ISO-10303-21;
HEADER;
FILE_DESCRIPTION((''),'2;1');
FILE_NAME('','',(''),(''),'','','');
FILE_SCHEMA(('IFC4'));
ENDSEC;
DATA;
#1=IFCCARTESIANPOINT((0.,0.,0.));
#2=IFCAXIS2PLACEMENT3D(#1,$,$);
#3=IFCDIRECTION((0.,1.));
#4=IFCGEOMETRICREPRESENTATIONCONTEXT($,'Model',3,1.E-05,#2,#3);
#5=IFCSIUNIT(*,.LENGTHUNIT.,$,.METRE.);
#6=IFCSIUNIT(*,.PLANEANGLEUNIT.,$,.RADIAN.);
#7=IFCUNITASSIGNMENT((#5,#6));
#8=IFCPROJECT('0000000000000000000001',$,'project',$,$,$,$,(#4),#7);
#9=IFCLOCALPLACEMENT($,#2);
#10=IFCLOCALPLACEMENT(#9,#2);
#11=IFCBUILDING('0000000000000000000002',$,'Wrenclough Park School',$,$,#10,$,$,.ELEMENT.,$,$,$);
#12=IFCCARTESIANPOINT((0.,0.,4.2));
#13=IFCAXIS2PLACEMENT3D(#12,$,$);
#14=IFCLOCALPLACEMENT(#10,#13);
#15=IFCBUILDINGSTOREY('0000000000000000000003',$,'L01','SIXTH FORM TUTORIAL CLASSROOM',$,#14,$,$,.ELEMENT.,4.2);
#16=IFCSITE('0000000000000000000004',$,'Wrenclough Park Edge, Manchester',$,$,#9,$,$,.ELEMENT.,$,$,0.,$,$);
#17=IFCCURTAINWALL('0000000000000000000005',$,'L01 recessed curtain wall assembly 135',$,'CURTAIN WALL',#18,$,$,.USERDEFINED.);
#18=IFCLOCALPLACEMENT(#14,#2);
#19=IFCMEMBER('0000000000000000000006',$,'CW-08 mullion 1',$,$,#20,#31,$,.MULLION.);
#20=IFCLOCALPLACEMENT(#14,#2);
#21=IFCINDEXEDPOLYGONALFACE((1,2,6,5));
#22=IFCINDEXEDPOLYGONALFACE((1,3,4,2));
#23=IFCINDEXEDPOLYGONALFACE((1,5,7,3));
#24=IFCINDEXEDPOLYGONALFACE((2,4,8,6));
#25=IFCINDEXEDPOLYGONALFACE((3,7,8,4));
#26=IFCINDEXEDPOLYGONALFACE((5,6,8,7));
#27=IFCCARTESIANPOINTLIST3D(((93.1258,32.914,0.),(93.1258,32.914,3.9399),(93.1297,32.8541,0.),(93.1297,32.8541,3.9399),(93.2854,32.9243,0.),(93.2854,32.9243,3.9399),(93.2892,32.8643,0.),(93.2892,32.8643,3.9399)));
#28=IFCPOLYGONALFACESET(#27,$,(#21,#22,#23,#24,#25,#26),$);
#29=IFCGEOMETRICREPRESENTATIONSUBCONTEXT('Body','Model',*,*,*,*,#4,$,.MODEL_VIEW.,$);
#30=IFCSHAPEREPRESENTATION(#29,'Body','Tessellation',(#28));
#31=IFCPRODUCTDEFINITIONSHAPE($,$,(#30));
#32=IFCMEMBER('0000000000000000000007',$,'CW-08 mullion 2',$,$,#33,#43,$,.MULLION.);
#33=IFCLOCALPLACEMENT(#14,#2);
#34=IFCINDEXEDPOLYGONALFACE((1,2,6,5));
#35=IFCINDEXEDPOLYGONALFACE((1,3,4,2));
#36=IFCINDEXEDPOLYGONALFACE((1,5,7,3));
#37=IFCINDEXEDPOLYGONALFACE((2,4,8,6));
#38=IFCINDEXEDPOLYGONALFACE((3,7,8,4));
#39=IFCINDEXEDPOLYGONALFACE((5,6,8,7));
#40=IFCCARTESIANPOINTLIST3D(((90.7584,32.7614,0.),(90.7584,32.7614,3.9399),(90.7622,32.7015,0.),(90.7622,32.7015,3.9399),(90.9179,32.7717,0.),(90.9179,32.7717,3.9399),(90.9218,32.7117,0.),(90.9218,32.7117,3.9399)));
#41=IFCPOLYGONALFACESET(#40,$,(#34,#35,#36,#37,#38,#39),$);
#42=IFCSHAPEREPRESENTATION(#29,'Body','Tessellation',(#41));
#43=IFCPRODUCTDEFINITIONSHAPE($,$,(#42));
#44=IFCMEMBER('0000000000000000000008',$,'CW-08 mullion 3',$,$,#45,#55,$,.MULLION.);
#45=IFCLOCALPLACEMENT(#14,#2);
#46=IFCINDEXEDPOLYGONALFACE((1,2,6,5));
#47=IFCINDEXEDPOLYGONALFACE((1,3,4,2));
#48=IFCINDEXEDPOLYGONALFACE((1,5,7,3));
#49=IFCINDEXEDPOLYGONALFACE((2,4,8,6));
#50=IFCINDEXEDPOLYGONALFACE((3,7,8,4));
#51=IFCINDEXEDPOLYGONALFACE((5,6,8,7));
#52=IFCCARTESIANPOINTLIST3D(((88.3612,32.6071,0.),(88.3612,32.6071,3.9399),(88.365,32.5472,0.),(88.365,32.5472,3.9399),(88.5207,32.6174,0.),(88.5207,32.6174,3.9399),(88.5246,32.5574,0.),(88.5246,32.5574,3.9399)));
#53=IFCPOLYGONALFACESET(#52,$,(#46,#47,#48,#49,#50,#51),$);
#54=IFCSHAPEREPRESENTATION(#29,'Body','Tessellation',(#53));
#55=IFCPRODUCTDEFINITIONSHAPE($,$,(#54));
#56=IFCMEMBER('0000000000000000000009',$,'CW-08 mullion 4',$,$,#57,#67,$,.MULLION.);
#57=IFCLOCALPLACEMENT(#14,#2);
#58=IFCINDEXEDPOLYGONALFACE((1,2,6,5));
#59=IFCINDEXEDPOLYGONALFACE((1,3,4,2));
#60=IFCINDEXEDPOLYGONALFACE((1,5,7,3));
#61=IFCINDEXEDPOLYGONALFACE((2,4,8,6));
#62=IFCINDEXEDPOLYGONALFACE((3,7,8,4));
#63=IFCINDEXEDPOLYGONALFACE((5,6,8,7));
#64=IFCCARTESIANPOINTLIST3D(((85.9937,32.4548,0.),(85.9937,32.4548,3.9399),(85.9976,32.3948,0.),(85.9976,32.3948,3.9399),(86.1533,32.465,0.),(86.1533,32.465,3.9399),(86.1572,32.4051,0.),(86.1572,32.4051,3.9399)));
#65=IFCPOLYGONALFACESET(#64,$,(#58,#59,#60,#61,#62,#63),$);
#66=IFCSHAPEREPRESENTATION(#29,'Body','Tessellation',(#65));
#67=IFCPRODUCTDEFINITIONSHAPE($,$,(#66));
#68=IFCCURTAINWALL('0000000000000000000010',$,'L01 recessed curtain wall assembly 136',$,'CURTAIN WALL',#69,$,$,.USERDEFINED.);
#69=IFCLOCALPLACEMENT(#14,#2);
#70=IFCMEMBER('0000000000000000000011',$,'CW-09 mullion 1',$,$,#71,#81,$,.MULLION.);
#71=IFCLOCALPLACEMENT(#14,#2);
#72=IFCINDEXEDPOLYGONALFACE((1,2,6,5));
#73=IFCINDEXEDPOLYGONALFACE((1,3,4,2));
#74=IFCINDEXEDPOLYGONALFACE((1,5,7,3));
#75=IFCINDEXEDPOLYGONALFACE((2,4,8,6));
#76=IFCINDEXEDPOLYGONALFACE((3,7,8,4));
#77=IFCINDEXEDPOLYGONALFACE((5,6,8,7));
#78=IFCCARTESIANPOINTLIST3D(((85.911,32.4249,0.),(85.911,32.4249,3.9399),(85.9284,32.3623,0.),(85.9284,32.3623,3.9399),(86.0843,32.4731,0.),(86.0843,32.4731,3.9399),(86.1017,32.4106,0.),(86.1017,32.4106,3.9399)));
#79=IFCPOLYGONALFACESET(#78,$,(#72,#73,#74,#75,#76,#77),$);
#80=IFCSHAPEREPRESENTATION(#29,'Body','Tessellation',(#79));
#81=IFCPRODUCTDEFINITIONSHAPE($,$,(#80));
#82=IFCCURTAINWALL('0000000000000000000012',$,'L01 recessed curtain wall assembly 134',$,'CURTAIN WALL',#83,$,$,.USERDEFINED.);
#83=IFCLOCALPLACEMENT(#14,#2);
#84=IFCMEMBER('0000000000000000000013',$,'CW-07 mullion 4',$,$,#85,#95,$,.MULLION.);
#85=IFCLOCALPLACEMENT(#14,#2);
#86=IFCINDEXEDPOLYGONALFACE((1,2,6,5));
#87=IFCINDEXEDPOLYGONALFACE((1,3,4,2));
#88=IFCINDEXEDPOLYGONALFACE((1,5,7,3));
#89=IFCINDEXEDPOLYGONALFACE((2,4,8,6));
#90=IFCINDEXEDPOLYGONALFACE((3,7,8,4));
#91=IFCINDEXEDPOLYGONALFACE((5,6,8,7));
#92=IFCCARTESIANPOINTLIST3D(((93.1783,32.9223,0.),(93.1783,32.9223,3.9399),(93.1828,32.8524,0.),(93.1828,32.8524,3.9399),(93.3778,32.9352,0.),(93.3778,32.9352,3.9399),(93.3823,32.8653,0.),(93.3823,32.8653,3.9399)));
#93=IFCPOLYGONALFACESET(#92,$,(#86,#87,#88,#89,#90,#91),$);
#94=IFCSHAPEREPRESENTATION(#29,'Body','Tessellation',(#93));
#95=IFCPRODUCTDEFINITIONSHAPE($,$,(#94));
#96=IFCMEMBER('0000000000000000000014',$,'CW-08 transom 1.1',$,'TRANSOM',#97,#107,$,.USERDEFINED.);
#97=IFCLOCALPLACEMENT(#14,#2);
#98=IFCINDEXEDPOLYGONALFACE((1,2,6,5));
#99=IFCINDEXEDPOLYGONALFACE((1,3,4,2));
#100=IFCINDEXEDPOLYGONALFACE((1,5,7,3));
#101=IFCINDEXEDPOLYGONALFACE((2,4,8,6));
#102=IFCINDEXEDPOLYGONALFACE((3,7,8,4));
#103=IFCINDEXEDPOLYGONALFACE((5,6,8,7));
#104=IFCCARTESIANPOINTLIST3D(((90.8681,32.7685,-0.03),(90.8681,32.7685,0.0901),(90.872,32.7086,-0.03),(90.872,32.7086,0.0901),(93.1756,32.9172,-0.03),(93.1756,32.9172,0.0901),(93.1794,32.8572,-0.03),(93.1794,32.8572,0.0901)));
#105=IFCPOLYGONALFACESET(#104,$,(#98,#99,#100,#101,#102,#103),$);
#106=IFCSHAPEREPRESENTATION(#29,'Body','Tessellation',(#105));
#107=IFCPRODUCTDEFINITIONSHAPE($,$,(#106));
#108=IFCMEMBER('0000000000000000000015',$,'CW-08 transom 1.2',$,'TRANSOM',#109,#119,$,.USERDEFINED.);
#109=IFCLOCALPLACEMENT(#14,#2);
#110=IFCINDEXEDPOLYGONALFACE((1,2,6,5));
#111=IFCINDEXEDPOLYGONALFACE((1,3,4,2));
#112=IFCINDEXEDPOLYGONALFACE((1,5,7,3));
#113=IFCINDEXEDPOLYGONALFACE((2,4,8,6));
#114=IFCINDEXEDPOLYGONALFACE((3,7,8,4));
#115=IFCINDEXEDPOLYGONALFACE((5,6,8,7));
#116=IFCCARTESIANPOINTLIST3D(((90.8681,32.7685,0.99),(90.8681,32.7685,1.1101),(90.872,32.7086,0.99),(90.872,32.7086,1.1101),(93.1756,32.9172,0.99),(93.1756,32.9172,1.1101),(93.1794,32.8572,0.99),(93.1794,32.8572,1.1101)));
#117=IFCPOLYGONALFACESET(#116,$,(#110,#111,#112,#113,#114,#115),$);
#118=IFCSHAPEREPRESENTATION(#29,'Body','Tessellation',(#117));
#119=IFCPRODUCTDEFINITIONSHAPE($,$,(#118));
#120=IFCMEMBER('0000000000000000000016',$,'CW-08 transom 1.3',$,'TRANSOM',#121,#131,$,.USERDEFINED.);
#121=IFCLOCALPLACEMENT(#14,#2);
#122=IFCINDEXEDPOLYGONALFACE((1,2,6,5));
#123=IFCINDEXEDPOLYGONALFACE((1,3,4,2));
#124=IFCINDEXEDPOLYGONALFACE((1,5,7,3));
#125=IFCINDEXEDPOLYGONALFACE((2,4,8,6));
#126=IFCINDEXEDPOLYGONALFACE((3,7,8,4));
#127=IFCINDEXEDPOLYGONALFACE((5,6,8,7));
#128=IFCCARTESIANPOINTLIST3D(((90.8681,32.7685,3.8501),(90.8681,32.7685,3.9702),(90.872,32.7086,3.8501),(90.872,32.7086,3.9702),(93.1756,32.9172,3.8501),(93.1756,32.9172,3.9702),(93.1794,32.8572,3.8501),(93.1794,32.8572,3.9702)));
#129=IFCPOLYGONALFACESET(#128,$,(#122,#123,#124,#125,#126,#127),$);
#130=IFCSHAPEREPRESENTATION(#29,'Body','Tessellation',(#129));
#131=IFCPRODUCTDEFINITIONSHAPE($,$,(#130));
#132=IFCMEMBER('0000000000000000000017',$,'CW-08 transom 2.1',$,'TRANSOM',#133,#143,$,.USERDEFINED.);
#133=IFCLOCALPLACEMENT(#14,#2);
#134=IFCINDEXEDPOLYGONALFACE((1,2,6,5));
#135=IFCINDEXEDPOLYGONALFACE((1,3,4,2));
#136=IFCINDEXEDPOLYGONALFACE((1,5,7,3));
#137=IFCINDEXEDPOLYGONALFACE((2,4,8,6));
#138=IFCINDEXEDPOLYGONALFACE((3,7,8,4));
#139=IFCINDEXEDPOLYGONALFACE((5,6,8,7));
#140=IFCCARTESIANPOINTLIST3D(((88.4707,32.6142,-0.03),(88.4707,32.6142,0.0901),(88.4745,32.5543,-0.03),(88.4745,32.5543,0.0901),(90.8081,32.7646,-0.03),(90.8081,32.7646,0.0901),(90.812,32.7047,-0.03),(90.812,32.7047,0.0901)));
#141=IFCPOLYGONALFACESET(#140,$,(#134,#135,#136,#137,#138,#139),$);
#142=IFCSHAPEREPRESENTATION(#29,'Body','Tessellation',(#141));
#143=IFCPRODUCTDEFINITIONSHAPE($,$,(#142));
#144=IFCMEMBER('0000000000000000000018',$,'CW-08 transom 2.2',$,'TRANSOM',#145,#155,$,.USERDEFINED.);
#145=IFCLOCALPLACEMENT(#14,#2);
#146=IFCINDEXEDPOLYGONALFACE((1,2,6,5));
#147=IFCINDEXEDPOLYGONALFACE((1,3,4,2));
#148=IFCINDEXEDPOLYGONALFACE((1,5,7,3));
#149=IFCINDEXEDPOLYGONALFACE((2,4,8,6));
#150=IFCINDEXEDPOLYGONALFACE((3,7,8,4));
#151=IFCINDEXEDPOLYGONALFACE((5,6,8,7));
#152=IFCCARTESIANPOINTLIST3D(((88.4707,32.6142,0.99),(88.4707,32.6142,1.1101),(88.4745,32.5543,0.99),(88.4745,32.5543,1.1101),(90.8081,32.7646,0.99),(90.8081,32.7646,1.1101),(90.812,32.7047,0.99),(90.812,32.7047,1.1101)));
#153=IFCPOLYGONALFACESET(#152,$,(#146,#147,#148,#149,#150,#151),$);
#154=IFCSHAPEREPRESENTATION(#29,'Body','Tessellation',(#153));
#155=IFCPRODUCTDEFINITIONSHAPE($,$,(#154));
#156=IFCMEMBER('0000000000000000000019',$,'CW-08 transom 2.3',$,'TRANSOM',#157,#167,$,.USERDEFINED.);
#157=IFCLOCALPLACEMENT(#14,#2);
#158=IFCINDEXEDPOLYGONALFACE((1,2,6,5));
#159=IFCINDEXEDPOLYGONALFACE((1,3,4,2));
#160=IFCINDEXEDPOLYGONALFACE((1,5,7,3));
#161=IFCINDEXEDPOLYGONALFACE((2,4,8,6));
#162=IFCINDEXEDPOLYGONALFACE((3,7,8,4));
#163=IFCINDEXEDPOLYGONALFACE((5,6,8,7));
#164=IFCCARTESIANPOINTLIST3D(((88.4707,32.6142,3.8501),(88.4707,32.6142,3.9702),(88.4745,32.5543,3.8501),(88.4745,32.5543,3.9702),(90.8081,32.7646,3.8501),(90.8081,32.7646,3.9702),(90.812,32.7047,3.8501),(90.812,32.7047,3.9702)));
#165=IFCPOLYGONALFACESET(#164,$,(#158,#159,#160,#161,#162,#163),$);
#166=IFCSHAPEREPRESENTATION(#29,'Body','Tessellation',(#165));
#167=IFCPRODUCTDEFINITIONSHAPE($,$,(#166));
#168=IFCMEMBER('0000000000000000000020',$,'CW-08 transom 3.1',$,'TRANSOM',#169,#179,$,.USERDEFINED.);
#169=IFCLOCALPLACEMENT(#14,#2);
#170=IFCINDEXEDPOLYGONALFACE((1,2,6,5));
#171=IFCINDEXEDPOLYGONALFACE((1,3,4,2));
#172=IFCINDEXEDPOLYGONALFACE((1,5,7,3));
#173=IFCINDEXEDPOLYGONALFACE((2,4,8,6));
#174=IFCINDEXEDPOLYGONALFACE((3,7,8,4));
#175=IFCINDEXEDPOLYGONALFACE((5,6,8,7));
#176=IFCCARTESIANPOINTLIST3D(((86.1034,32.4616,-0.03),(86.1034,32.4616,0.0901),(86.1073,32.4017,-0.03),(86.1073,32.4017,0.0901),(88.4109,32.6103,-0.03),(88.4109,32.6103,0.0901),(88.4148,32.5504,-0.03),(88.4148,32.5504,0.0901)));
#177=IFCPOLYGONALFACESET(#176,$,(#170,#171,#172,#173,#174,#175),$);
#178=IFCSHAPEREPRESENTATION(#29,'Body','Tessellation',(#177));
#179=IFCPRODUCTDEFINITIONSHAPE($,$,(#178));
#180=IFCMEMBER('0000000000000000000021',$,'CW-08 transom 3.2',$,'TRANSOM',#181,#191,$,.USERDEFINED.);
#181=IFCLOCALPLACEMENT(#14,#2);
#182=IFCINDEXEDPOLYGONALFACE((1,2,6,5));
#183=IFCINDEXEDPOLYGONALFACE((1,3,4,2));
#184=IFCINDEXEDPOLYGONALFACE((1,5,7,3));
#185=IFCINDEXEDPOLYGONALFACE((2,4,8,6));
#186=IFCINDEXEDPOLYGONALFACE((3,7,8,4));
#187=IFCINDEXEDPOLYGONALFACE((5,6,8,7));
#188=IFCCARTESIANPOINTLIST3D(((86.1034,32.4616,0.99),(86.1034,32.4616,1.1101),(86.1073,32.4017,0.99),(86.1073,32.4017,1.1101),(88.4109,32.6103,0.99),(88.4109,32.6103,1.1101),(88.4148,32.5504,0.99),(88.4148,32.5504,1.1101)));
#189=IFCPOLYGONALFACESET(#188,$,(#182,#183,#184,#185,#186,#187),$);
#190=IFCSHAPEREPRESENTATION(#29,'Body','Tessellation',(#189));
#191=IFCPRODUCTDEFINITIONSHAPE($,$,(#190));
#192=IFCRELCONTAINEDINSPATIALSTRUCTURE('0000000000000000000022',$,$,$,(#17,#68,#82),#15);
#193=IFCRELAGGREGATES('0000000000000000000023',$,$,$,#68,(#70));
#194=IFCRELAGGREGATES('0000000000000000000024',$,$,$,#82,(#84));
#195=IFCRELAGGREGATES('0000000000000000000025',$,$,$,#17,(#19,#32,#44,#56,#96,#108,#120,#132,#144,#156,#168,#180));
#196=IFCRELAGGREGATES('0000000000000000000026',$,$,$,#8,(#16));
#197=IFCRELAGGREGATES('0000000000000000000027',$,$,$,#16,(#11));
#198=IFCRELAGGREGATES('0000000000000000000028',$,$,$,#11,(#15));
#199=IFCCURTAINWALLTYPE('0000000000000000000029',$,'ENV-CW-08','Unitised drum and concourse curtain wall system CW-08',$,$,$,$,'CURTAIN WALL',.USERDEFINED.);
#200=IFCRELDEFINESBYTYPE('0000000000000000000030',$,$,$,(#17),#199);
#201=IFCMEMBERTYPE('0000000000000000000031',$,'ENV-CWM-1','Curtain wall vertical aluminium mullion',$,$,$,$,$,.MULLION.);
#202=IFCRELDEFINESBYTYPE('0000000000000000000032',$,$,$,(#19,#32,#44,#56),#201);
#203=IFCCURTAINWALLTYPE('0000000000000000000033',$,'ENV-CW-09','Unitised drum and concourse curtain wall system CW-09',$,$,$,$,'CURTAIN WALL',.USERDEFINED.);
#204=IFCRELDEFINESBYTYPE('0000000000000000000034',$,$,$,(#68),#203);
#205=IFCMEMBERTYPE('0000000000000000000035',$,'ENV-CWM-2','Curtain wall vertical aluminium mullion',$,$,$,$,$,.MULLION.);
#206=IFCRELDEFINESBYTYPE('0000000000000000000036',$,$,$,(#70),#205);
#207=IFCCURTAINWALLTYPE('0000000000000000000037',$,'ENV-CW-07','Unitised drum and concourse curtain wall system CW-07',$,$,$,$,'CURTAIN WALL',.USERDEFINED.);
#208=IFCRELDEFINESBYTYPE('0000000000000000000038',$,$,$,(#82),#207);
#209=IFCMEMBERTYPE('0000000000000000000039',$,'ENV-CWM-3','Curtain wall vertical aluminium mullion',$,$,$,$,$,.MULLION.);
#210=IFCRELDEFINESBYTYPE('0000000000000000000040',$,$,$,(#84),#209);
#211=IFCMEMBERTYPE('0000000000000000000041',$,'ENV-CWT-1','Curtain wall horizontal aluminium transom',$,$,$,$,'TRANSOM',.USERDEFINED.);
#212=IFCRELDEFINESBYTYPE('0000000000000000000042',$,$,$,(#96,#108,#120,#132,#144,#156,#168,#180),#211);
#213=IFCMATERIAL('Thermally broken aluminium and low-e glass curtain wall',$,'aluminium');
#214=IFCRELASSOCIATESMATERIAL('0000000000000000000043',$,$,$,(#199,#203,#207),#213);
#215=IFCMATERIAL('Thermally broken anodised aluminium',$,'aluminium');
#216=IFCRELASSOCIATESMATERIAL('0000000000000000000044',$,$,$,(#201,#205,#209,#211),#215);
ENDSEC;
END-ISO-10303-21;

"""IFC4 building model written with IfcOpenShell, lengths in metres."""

from ifc_helpers import new_model, si_unit, direction, frame, origin, origin_2d, place, context, subcontext, project, spatial, rectangle, extrude, material, material_profile, profile_set, type_object, element, aggregate, save


model = new_model("IFC4")

# Units and contexts
model_context = context("Model", 3, precision=1e-05, world=origin(), true_north=direction((0.0, 1.0)))
body_context = subcontext(model_context, "Body", "Model", "MODEL_VIEW")
ifc_project = project(units=[si_unit("LENGTHUNIT", "METRE"), si_unit("PLANEANGLEUNIT", "RADIAN")], contexts=[model_context])

# Site, building, storey
site_placement = place(None, origin())
site = spatial("IfcSite", under=ifc_project, at=site_placement, Name="Wrenclough Park Edge, Manchester", CompositionType="ELEMENT", RefElevation=0.0)
building_placement = place(site_placement, origin())
building = spatial("IfcBuilding", under=site, at=building_placement, Name="Wrenclough Park School", CompositionType="ELEMENT")
storey_placement = place(building_placement, frame((0.0, 0.0, 4.2)))
storey = spatial("IfcBuildingStorey", under=building, at=storey_placement, Name="L01", Description="SIXTH FORM TUTORIAL CLASSROOM", CompositionType="ELEMENT", Elevation=4.2)

# Curtain wall, members
ifc_material_1 = material(Name="Thermally broken aluminium and low-e glass curtain wall", Category="aluminium")
curtain_wall_type_1 = type_object("IfcCurtainWallType", Name="ENV-CW-08", Description="Unitised drum and concourse curtain wall system CW-08", ElementType="CURTAIN WALL", PredefinedType="USERDEFINED", material=ifc_material_1)
curtain_wall_1_placement = place(storey_placement, origin())
curtain_wall_1 = element("IfcCurtainWall", 1, at=curtain_wall_1_placement, inside=storey, type_object=curtain_wall_type_1, Name="L01 recessed curtain wall assembly 135", ObjectType="CURTAIN WALL", PredefinedType="USERDEFINED")
ifc_material_2 = material(Name="Thermally broken anodised aluminium", Category="aluminium")
ifc_material_profile_1 = material_profile(ifc_material_2, rectangle(XDim=0.0601, YDim=0.1599, at=origin_2d()), Name="AL MULLION 60x160")
ifc_profile_set_1 = profile_set([ifc_material_profile_1], Name="Thermally broken anodised aluminium")
member_type_1 = type_object("IfcMemberType", Name="ENV-CWM-1", Description="Curtain wall vertical aluminium mullion", PredefinedType="MULLION", material=ifc_profile_set_1)
member_1_placement = place(storey_placement, frame((93.2075, 32.8892, 0.0), z_axis=(0.0, 0.0, 1.0), x_axis=(0.064259, -0.997933, 0.0)))
member_1 = element("IfcMember", 2, at=member_1_placement, type_object=member_type_1, Name="CW-08 mullion 1", PredefinedType="MULLION", context=body_context, shape_type="SweptSolid", body=[
    extrude(rectangle(XDim=0.0601, YDim=0.1599, at=origin_2d()), origin(), (0.0, 0.0, 1.0), 3.9399),
])
member_2_placement = place(storey_placement, frame((90.8401, 32.7366, 0.0), z_axis=(0.0, 0.0, 1.0), x_axis=(0.064259, -0.997933, 0.0)))
member_2 = element("IfcMember", 3, at=member_2_placement, type_object=member_type_1, Name="CW-08 mullion 2", PredefinedType="MULLION", context=body_context, shape_type="SweptSolid", body=[
    extrude(rectangle(XDim=0.0601, YDim=0.1599, at=origin_2d()), origin(), (0.0, 0.0, 1.0), 3.9399),
])
member_3_placement = place(storey_placement, frame((88.4429, 32.5823, 0.0), z_axis=(0.0, 0.0, 1.0), x_axis=(0.064259, -0.997933, 0.0)))
member_3 = element("IfcMember", 4, at=member_3_placement, type_object=member_type_1, Name="CW-08 mullion 3", PredefinedType="MULLION", context=body_context, shape_type="SweptSolid", body=[
    extrude(rectangle(XDim=0.0601, YDim=0.1599, at=origin_2d()), origin(), (0.0, 0.0, 1.0), 3.9399),
])
member_4_placement = place(storey_placement, frame((86.0754, 32.4299, 0.0), z_axis=(0.0, 0.0, 1.0), x_axis=(0.064259, -0.997933, 0.0)))
member_4 = element("IfcMember", 5, at=member_4_placement, type_object=member_type_1, Name="CW-08 mullion 4", PredefinedType="MULLION", context=body_context, shape_type="SweptSolid", body=[
    extrude(rectangle(XDim=0.0601, YDim=0.1599, at=origin_2d()), origin(), (0.0, 0.0, 1.0), 3.9399),
])

# Curtain walls, members
curtain_wall_type_2 = type_object("IfcCurtainWallType", Name="ENV-CW-09", Description="Unitised drum and concourse curtain wall system CW-09", ElementType="CURTAIN WALL", PredefinedType="USERDEFINED", material=ifc_material_1)
curtain_wall_2_placement = place(storey_placement, origin())
curtain_wall_2 = element("IfcCurtainWall", 6, at=curtain_wall_2_placement, inside=storey, type_object=curtain_wall_type_2, Name="L01 recessed curtain wall assembly 136", ObjectType="CURTAIN WALL", PredefinedType="USERDEFINED")
ifc_material_profile_2 = material_profile(ifc_material_2, rectangle(XDim=0.0649, YDim=0.1799, at=origin_2d()), Name="AL MULLION 65x180")
ifc_profile_set_2 = profile_set([ifc_material_profile_2], Name="Thermally broken anodised aluminium")
member_type_2 = type_object("IfcMemberType", Name="ENV-CWM-2", Description="Curtain wall vertical aluminium mullion", PredefinedType="MULLION", material=ifc_profile_set_2)
member_5_placement = place(storey_placement, frame((86.0063, 32.4177, 0.0), z_axis=(0.0, 0.0, 1.0), x_axis=(0.268073, -0.963399, 0.0)))
member_5 = element("IfcMember", 7, at=member_5_placement, type_object=member_type_2, Name="CW-09 mullion 1", PredefinedType="MULLION", context=body_context, shape_type="SweptSolid", body=[
    extrude(rectangle(XDim=0.0649, YDim=0.1799, at=origin_2d()), origin(), (0.0, 0.0, 1.0), 3.9399),
])
curtain_wall_type_3 = type_object("IfcCurtainWallType", Name="ENV-CW-07", Description="Unitised drum and concourse curtain wall system CW-07", ElementType="CURTAIN WALL", PredefinedType="USERDEFINED", material=ifc_material_1)
curtain_wall_3_placement = place(storey_placement, origin())
curtain_wall_3 = element("IfcCurtainWall", 8, at=curtain_wall_3_placement, inside=storey, type_object=curtain_wall_type_3, Name="L01 recessed curtain wall assembly 134", ObjectType="CURTAIN WALL", PredefinedType="USERDEFINED")
ifc_material_profile_3 = material_profile(ifc_material_2, rectangle(XDim=0.0701, YDim=0.2, at=origin_2d()), Name="AL MULLION 70x200")
ifc_profile_set_3 = profile_set([ifc_material_profile_3], Name="Thermally broken anodised aluminium")
member_type_3 = type_object("IfcMemberType", Name="ENV-CWM-3", Description="Curtain wall vertical aluminium mullion", PredefinedType="MULLION", material=ifc_profile_set_3)
member_6_placement = place(storey_placement, frame((93.2803, 32.8938, 0.0), z_axis=(0.0, 0.0, 1.0), x_axis=(0.064259, -0.997933, 0.0)))
member_6 = element("IfcMember", 9, at=member_6_placement, type_object=member_type_3, Name="CW-07 mullion 4", PredefinedType="MULLION", context=body_context, shape_type="SweptSolid", body=[
    extrude(rectangle(XDim=0.0701, YDim=0.2, at=origin_2d()), origin(), (0.0, 0.0, 1.0), 3.9399),
])

# Members
ifc_material_profile_4 = material_profile(ifc_material_2, rectangle(XDim=0.0601, YDim=0.1201, at=origin_2d()), Name="AL TRANSOM 60x120")
ifc_profile_set_4 = profile_set([ifc_material_profile_4], Name="Thermally broken anodised aluminium")
member_type_4 = type_object("IfcMemberType", Name="ENV-CWT-1", Description="Curtain wall horizontal aluminium transom", ElementType="TRANSOM", PredefinedType="USERDEFINED", material=ifc_profile_set_4)
member_7_placement = place(storey_placement, frame((93.1775, 32.8872, 0.03), z_axis=(-0.99793, -0.064304, 0.0), x_axis=(0.064304, -0.99793, 0.0)))
member_7 = element("IfcMember", 10, at=member_7_placement, type_object=member_type_4, Name="CW-08 transom 1.1", ObjectType="TRANSOM", PredefinedType="USERDEFINED", context=body_context, shape_type="SweptSolid", body=[
    extrude(rectangle(XDim=0.0601, YDim=0.1201, at=origin_2d()), origin(), (0.0, 0.0, 1.0), 2.3123),
])
member_8_placement = place(storey_placement, frame((93.1775, 32.8872, 1.05), z_axis=(-0.99793, -0.064304, 0.0), x_axis=(0.064304, -0.99793, 0.0)))
member_8 = element("IfcMember", 11, at=member_8_placement, type_object=member_type_4, Name="CW-08 transom 1.2", ObjectType="TRANSOM", PredefinedType="USERDEFINED", context=body_context, shape_type="SweptSolid", body=[
    extrude(rectangle(XDim=0.0601, YDim=0.1201, at=origin_2d()), origin(), (0.0, 0.0, 1.0), 2.3123),
])
member_9_placement = place(storey_placement, frame((93.1775, 32.8872, 3.9102), z_axis=(-0.99793, -0.064304, 0.0), x_axis=(0.064304, -0.99793, 0.0)))
member_9 = element("IfcMember", 12, at=member_9_placement, type_object=member_type_4, Name="CW-08 transom 1.3", ObjectType="TRANSOM", PredefinedType="USERDEFINED", context=body_context, shape_type="SweptSolid", body=[
    extrude(rectangle(XDim=0.0601, YDim=0.1201, at=origin_2d()), origin(), (0.0, 0.0, 1.0), 2.3123),
])
member_10_placement = place(storey_placement, frame((90.8101, 32.7346, 0.03), z_axis=(-0.997937, -0.064208, 0.0), x_axis=(0.064208, -0.997937, 0.0)))
member_10 = element("IfcMember", 13, at=member_10_placement, type_object=member_type_4, Name="CW-08 transom 2.1", ObjectType="TRANSOM", PredefinedType="USERDEFINED", context=body_context, shape_type="SweptSolid", body=[
    extrude(rectangle(XDim=0.0601, YDim=0.1201, at=origin_2d()), origin(), (0.0, 0.0, 1.0), 2.3423),
])
member_11_placement = place(storey_placement, frame((90.8101, 32.7346, 1.05), z_axis=(-0.997937, -0.064208, 0.0), x_axis=(0.064208, -0.997937, 0.0)))
member_11 = element("IfcMember", 14, at=member_11_placement, type_object=member_type_4, Name="CW-08 transom 2.2", ObjectType="TRANSOM", PredefinedType="USERDEFINED", context=body_context, shape_type="SweptSolid", body=[
    extrude(rectangle(XDim=0.0601, YDim=0.1201, at=origin_2d()), origin(), (0.0, 0.0, 1.0), 2.3423),
])
member_12_placement = place(storey_placement, frame((90.8101, 32.7346, 3.9102), z_axis=(-0.997937, -0.064208, 0.0), x_axis=(0.064208, -0.997937, 0.0)))
member_12 = element("IfcMember", 15, at=member_12_placement, type_object=member_type_4, Name="CW-08 transom 2.3", ObjectType="TRANSOM", PredefinedType="USERDEFINED", context=body_context, shape_type="SweptSolid", body=[
    extrude(rectangle(XDim=0.0601, YDim=0.1201, at=origin_2d()), origin(), (0.0, 0.0, 1.0), 2.3423),
])
member_13_placement = place(storey_placement, frame((88.4128, 32.5803, 0.03), z_axis=(-0.99793, -0.064304, 0.0), x_axis=(0.064304, -0.99793, 0.0)))
member_13 = element("IfcMember", 16, at=member_13_placement, type_object=member_type_4, Name="CW-08 transom 3.1", ObjectType="TRANSOM", PredefinedType="USERDEFINED", context=body_context, shape_type="SweptSolid", body=[
    extrude(rectangle(XDim=0.0601, YDim=0.1201, at=origin_2d()), origin(), (0.0, 0.0, 1.0), 2.3123),
])
member_14_placement = place(storey_placement, frame((88.4128, 32.5803, 1.05), z_axis=(-0.99793, -0.064304, 0.0), x_axis=(0.064304, -0.99793, 0.0)))
member_14 = element("IfcMember", 17, at=member_14_placement, type_object=member_type_4, Name="CW-08 transom 3.2", ObjectType="TRANSOM", PredefinedType="USERDEFINED", context=body_context, shape_type="SweptSolid", body=[
    extrude(rectangle(XDim=0.0601, YDim=0.1201, at=origin_2d()), origin(), (0.0, 0.0, 1.0), 2.3123),
])
aggregate(curtain_wall_2, [member_5])

aggregate(curtain_wall_3, [member_6])
aggregate(curtain_wall_1, [member_1, member_2, member_3, member_4, member_7, member_8, member_9, member_10, member_11, member_12, member_13, member_14])

save(model, "model.ifc")
